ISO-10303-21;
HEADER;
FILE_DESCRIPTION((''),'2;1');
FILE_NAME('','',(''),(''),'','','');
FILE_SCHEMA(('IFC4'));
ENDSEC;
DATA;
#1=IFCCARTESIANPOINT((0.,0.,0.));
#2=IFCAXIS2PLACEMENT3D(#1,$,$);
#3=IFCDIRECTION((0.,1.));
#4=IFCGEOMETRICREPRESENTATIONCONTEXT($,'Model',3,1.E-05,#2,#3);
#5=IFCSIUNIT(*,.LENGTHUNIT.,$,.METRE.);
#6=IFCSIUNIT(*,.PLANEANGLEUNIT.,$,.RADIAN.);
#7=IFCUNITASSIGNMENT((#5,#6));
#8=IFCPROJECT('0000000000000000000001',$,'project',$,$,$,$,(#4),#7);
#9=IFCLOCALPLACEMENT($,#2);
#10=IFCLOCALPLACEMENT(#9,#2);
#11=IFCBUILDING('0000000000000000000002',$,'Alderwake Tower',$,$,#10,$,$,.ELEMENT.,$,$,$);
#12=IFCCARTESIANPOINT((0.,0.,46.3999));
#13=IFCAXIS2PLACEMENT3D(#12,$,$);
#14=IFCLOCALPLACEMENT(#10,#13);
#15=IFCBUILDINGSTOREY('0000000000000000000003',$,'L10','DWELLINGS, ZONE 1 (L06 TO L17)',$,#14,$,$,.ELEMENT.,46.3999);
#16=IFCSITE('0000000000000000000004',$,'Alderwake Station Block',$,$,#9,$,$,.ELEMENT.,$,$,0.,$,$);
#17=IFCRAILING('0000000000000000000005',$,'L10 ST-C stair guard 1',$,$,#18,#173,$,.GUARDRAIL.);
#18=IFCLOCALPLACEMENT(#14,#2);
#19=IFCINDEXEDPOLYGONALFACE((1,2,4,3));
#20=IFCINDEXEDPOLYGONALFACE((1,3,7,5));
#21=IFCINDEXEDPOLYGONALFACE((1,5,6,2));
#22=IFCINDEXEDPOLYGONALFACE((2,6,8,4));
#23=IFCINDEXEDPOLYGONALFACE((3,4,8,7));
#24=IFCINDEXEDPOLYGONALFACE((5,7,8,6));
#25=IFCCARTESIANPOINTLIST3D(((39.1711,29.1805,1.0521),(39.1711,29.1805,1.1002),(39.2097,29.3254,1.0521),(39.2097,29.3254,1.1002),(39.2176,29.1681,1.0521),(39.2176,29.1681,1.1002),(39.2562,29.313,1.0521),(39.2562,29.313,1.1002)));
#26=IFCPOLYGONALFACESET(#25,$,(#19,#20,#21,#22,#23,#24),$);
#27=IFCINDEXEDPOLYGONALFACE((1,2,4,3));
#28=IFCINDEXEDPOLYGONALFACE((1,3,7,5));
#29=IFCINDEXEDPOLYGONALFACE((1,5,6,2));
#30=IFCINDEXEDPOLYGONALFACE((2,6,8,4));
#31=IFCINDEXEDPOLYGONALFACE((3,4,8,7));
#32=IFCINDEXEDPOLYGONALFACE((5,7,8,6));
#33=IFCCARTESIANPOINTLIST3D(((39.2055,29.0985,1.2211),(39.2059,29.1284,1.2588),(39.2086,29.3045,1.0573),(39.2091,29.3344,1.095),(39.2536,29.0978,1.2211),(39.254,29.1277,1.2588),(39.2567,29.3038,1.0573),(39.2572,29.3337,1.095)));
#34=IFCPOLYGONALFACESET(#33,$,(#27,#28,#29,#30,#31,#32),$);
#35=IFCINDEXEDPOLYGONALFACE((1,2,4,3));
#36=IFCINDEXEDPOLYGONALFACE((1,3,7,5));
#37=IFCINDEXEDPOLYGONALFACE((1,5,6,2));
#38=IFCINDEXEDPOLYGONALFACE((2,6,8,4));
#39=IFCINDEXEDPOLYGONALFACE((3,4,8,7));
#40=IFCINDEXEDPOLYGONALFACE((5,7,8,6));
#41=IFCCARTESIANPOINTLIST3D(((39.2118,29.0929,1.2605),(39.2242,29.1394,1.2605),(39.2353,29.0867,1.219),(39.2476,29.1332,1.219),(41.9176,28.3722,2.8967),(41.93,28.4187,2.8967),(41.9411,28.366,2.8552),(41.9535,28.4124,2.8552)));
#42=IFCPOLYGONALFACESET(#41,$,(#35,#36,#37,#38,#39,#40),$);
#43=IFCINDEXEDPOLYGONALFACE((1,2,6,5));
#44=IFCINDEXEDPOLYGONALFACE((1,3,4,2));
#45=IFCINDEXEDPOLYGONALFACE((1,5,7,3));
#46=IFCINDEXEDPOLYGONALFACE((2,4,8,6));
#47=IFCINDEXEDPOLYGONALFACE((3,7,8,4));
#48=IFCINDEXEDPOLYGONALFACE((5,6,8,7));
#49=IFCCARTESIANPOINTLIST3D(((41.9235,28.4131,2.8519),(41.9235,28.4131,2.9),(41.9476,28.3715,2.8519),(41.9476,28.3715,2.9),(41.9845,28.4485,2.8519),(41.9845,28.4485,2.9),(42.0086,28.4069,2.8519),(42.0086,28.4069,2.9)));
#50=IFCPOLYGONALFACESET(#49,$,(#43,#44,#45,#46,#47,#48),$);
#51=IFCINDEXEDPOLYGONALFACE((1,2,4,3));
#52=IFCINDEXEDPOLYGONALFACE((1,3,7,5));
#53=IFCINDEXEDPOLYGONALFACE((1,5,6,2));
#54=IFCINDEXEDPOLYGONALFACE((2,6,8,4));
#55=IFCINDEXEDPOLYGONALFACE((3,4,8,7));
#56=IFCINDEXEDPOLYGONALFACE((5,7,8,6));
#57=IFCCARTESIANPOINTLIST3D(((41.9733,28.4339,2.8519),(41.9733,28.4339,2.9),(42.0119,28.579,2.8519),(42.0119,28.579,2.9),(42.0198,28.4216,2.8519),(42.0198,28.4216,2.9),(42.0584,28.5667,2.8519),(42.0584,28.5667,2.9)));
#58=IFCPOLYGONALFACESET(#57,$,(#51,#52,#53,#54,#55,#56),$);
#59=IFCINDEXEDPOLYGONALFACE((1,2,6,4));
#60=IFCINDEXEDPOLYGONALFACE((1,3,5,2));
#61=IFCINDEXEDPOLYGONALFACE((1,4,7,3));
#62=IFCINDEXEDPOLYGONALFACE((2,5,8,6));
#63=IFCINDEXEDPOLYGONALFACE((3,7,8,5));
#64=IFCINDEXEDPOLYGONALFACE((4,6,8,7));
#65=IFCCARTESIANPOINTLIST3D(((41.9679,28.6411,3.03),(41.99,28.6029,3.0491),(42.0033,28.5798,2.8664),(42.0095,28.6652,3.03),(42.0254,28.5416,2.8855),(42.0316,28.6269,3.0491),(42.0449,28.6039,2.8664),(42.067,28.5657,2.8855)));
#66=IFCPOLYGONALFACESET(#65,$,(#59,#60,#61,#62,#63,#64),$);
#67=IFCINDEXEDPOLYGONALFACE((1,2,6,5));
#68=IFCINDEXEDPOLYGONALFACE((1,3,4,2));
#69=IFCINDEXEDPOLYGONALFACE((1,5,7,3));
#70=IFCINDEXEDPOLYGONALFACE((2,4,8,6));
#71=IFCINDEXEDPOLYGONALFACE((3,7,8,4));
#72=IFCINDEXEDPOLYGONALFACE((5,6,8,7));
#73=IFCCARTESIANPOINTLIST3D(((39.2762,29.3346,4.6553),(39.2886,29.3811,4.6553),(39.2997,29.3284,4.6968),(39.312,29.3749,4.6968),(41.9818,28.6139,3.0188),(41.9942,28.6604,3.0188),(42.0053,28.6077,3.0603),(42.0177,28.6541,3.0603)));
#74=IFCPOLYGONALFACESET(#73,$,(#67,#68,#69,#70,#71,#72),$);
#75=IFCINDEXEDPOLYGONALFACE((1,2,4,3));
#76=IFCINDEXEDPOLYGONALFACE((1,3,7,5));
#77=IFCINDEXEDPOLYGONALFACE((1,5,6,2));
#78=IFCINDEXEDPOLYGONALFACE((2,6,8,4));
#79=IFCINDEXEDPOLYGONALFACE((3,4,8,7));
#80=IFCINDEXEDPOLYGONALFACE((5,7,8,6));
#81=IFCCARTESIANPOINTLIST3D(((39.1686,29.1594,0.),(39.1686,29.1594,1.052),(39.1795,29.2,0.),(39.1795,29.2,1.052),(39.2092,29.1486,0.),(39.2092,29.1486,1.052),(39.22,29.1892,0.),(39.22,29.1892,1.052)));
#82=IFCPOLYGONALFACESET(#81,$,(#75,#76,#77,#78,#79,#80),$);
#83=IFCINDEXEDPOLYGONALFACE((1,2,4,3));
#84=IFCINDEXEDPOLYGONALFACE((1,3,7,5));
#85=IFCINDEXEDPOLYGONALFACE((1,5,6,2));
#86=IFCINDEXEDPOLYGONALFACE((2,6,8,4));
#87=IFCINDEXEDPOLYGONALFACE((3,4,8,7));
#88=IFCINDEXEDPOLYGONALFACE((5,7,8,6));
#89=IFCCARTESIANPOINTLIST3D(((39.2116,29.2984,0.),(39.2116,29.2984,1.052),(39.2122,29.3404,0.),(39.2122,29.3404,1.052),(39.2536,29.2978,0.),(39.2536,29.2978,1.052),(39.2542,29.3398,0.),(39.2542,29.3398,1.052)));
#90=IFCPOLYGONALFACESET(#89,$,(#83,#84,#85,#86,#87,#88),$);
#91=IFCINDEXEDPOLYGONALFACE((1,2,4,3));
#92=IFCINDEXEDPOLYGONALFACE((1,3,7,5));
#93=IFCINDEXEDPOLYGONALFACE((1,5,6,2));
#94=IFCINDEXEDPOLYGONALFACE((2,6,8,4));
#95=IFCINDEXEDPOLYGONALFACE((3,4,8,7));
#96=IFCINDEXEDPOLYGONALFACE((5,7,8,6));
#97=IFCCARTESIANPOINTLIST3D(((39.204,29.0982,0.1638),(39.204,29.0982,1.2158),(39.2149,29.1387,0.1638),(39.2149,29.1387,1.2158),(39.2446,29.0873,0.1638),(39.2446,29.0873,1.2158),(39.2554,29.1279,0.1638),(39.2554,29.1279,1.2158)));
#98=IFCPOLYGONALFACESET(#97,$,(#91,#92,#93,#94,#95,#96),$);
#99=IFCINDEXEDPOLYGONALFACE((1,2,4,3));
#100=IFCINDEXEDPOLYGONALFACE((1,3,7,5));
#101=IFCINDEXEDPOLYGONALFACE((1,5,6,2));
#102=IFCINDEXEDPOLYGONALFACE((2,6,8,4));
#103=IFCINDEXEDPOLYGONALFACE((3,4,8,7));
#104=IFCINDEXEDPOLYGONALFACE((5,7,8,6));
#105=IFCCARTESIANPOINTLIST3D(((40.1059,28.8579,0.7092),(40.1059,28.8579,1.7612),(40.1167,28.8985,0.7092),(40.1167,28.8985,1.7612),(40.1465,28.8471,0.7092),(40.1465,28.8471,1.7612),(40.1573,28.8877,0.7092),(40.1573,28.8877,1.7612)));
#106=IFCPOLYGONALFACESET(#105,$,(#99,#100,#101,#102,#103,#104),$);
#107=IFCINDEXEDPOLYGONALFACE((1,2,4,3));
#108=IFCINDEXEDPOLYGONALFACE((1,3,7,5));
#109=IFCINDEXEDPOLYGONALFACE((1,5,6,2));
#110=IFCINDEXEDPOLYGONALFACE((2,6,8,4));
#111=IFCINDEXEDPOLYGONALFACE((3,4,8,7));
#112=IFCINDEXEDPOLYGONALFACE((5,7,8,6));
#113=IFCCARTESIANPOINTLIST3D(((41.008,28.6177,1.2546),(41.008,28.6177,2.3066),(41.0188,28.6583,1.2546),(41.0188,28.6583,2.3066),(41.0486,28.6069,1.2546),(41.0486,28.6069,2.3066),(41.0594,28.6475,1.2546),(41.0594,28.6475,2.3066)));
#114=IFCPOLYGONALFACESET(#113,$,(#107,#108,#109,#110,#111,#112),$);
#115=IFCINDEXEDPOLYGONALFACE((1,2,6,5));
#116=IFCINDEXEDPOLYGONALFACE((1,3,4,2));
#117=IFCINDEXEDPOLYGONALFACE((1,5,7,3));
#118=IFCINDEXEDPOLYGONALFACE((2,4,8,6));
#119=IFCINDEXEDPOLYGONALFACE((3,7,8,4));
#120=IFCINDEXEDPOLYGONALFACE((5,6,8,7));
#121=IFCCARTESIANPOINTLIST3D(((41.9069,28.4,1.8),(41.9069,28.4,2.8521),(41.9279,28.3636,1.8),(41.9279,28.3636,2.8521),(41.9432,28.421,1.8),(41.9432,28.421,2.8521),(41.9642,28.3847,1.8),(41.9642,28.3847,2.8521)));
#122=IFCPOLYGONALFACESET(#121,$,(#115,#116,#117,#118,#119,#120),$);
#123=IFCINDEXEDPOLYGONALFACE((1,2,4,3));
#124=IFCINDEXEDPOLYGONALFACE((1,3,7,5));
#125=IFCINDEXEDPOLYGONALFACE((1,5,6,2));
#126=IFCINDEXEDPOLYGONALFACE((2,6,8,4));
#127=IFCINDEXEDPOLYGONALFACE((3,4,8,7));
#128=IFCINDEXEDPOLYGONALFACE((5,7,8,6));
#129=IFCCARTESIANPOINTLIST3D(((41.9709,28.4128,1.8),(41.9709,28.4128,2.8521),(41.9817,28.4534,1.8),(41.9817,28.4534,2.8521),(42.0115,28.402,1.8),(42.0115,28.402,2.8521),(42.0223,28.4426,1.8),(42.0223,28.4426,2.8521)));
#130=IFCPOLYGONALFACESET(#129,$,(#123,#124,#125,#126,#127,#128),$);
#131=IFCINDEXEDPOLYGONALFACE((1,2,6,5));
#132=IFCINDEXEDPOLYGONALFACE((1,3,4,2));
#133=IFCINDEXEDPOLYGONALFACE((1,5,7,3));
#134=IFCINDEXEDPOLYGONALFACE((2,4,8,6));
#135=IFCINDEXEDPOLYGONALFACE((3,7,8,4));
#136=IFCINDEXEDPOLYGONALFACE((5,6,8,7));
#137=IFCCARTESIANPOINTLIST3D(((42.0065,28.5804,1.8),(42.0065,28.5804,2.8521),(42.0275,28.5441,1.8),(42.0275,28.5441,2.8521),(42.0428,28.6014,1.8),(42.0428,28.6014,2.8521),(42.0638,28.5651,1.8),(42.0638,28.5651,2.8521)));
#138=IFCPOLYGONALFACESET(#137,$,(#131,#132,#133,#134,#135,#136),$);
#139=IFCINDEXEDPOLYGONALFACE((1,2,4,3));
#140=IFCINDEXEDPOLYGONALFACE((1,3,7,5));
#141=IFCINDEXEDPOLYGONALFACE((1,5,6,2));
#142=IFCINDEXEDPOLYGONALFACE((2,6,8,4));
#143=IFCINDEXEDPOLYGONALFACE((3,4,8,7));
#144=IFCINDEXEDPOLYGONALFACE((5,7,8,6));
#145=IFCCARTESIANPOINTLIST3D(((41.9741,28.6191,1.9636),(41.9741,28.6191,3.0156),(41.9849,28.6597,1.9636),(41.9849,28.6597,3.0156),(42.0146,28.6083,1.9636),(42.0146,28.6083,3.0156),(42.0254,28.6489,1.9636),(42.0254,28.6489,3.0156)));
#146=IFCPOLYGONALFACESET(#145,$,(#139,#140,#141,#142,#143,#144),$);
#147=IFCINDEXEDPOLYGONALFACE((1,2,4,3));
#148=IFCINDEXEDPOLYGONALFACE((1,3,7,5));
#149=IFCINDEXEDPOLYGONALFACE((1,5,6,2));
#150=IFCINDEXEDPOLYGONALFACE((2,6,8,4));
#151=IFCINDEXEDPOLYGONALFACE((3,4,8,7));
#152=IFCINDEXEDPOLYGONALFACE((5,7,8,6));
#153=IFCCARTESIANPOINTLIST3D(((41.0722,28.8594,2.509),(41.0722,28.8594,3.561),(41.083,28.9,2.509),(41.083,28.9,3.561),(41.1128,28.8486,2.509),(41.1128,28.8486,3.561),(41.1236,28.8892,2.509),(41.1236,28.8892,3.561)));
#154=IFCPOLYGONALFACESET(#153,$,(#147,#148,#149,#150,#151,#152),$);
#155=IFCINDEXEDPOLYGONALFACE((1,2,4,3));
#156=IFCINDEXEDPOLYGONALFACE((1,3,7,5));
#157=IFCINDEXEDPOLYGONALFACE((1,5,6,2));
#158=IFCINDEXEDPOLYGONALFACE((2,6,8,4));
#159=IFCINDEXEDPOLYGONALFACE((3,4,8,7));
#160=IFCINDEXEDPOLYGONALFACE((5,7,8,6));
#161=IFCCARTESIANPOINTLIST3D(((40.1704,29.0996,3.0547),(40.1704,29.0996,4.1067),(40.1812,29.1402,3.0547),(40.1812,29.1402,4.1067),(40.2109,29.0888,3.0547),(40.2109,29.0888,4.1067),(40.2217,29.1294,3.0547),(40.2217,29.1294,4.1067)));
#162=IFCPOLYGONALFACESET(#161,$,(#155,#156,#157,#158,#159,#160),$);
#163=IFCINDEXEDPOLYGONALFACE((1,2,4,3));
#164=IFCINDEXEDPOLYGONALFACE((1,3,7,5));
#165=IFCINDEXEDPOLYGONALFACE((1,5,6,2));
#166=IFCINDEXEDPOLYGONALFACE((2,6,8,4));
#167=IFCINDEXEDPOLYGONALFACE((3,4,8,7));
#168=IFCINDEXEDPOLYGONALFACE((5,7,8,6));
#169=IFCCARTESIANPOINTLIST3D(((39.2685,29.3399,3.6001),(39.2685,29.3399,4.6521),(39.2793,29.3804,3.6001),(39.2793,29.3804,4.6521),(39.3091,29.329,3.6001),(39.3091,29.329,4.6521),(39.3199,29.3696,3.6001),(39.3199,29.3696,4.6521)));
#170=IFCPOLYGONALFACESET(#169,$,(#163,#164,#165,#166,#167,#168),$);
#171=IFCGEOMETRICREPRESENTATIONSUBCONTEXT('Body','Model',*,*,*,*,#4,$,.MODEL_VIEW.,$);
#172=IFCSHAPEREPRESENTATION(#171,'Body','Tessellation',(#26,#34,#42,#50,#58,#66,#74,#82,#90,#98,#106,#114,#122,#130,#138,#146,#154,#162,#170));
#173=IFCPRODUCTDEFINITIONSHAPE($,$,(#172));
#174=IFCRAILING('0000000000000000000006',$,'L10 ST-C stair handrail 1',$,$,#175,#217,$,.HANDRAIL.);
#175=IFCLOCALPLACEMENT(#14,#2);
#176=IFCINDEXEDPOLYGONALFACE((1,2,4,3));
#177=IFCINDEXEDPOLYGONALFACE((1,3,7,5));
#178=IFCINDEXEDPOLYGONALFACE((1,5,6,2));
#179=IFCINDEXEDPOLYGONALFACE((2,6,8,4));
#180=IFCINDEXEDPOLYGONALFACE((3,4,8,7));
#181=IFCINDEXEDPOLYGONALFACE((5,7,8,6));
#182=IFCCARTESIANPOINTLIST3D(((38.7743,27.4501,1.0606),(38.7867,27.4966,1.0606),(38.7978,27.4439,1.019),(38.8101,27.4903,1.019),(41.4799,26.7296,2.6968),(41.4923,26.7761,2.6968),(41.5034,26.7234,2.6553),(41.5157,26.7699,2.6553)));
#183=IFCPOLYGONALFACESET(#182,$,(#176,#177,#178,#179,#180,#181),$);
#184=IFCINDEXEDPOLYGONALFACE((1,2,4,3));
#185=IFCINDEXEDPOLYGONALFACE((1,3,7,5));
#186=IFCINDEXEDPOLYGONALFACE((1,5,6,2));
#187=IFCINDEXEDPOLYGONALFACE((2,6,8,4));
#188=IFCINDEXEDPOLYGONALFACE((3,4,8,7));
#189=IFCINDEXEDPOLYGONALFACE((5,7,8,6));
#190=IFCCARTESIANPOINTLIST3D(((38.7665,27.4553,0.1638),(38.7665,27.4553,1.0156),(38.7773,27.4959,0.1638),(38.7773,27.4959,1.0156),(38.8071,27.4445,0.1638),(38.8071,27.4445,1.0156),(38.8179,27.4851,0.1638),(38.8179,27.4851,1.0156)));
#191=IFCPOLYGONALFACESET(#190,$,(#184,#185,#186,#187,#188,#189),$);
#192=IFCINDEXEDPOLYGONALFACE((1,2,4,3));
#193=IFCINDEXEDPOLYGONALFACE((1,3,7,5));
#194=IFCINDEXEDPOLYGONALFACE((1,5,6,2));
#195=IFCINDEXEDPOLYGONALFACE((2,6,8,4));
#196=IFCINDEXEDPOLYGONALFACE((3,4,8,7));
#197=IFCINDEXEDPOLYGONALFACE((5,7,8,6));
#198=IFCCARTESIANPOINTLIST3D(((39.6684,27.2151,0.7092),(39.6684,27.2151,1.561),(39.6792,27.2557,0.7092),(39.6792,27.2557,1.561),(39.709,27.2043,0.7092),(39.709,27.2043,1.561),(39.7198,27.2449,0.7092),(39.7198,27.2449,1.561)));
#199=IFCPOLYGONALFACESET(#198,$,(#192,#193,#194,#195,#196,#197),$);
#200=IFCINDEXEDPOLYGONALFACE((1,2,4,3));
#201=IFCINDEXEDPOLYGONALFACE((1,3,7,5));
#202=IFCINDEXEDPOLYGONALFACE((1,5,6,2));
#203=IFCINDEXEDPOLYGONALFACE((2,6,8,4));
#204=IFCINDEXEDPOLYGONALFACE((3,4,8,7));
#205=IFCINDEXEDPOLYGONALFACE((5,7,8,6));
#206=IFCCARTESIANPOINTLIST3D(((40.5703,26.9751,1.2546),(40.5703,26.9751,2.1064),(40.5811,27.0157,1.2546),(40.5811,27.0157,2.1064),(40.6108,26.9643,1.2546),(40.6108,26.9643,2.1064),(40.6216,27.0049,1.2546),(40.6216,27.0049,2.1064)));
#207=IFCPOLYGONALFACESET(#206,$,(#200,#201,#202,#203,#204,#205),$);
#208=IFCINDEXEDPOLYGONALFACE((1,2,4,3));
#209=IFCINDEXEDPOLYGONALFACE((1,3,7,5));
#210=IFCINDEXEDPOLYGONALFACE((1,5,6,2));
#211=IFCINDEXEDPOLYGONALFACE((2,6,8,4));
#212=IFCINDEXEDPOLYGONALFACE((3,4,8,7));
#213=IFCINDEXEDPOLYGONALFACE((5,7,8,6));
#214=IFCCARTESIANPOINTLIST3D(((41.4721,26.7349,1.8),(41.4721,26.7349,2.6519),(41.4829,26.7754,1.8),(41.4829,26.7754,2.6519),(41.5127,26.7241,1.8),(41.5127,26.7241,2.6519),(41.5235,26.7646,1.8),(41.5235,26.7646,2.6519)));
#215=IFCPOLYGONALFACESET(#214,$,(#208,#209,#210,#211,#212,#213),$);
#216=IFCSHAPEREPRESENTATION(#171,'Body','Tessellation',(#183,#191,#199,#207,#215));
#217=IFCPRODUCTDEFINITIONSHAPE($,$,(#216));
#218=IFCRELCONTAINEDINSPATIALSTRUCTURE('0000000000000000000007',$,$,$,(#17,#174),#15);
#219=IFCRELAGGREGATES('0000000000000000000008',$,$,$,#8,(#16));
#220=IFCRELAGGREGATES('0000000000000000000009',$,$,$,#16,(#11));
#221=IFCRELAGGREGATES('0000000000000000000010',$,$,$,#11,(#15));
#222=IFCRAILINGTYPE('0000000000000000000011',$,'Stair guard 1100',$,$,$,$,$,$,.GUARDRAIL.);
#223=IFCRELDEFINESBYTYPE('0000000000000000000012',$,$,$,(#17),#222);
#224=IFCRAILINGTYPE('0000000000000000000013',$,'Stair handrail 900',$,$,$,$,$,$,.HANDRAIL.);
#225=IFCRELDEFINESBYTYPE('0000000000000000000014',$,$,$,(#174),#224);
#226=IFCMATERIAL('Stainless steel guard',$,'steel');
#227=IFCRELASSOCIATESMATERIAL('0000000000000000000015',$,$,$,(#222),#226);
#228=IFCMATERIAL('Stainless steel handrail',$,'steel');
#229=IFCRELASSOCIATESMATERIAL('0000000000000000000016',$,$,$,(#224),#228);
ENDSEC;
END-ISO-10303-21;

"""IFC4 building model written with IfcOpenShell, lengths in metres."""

from ifc_helpers import new_model, si_unit, direction, frame, origin, origin_2d, place, context, subcontext, project, spatial, rectangle, extrude, material, type_object, element, save


model = new_model("IFC4")

# Units and contexts
model_context = context("Model", 3, precision=1e-05, world=origin(), true_north=direction((0.0, 1.0)))
body_context = subcontext(model_context, "Body", "Model", "MODEL_VIEW")
ifc_project = project(units=[si_unit("LENGTHUNIT", "METRE"), si_unit("PLANEANGLEUNIT", "RADIAN")], contexts=[model_context])

# Site, building, storey
site_placement = place(None, origin())
site = spatial("IfcSite", under=ifc_project, at=site_placement, Name="Alderwake Station Block", CompositionType="ELEMENT", RefElevation=0.0)
building_placement = place(site_placement, origin())
building = spatial("IfcBuilding", under=site, at=building_placement, Name="Alderwake Tower", CompositionType="ELEMENT")
storey_placement = place(building_placement, frame((0.0, 0.0, 46.3999)))
storey = spatial("IfcBuildingStorey", under=building, at=storey_placement, Name="L10", Description="DWELLINGS, ZONE 1 (L06 TO L17)", CompositionType="ELEMENT", Elevation=46.3999)

# Railings
ifc_material_1 = material(Name="Stainless steel guard", Category="steel")
railing_type_1 = type_object("IfcRailingType", Name="Stair guard 1100", PredefinedType="GUARDRAIL", material=ifc_material_1)
railing_1_placement = place(storey_placement, frame((39.1943, 29.1743, 0.0)))
element("IfcRailing", 1, at=railing_1_placement, inside=storey, type_object=railing_type_1, Name="L10 ST-C stair guard 1", PredefinedType="GUARDRAIL", context=body_context, shape_type="SweptSolid", body=[
    extrude(rectangle(XDim=0.0481, YDim=0.0481, at=origin_2d()), frame((0.0, 0.0, 1.0762), z_axis=(0.25746, 0.966289, 0.0), x_axis=(-0.966289, 0.25746, 0.0)), (0.0, 0.0, 1.0), 0.1499),
    extrude(rectangle(XDim=0.0481, YDim=0.0481, at=origin_2d()), frame((0.0386, 0.1448, 1.0762), z_axis=(-0.012056, -0.782708, 0.622272), x_axis=(0.999881, -0.015401, 0.0)), (0.0, 0.0, 1.0), 0.2632),
    extrude(rectangle(XDim=0.0481, YDim=0.0481, at=origin_2d()), frame((0.0354, -0.0613, 1.2397), z_axis=(0.834314, -0.222223, 0.504518), x_axis=(0.25738, 0.96631, 0.0)), (0.0, 0.0, 1.0), 3.2432),
    extrude(rectangle(XDim=0.0481, YDim=0.0481, at=origin_2d()), frame((2.7412, -0.782, 2.876), z_axis=(0.865031, 0.501718, 0.0), x_axis=(-0.501718, 0.865031, 0.0)), (0.0, 0.0, 1.0), 0.0706),
    extrude(rectangle(XDim=0.0481, YDim=0.0481, at=origin_2d()), frame((2.8022, -0.7466, 2.876), z_axis=(0.257055, 0.966397, 0.0), x_axis=(-0.966397, 0.257055, 0.0)), (0.0, 0.0, 1.0), 0.1501),
    extrude(rectangle(XDim=0.0481, YDim=0.0481, at=origin_2d()), frame((2.8408, -0.6016, 2.876), z_axis=(-0.198625, 0.343827, 0.917786), x_axis=(-0.865898, -0.50022, 0.0)), (0.0, 0.0, 1.0), 0.1782),
    extrude(rectangle(XDim=0.0481, YDim=0.0481, at=origin_2d()), frame((2.8054, -0.5403, 3.0396), z_axis=(-0.834259, 0.222228, 0.504605), x_axis=(-0.257402, -0.966304, 0.0)), (0.0, 0.0, 1.0), 3.2432),
    extrude(rectangle(XDim=0.042, YDim=0.042, at=origin_2d()), frame((0.0, 0.0, 0.0), z_axis=(0.0, 0.0, 1.0), x_axis=(0.25746, 0.966289, 0.0)), (0.0, 0.0, 1.0), 1.052),
    extrude(rectangle(XDim=0.042, YDim=0.042, at=origin_2d()), frame((0.0386, 0.1448, 0.0), z_axis=(0.0, 0.0, 1.0), x_axis=(-0.015401, -0.999881, 0.0)), (0.0, 0.0, 1.0), 1.052),
    extrude(rectangle(XDim=0.042, YDim=0.042, at=origin_2d()), frame((0.0354, -0.0613, 0.1638), z_axis=(0.0, 0.0, 1.0), x_axis=(0.96631, -0.25738, 0.0)), (0.0, 0.0, 1.0), 1.052),
    extrude(rectangle(XDim=0.042, YDim=0.042, at=origin_2d()), frame((0.9373, -0.3015, 0.7092), z_axis=(0.0, 0.0, 1.0), x_axis=(0.96631, -0.25738, 0.0)), (0.0, 0.0, 1.0), 1.052),
    extrude(rectangle(XDim=0.042, YDim=0.042, at=origin_2d()), frame((1.8394, -0.5417, 1.2546), z_axis=(0.0, 0.0, 1.0), x_axis=(0.96631, -0.25738, 0.0)), (0.0, 0.0, 1.0), 1.052),
    extrude(rectangle(XDim=0.042, YDim=0.042, at=origin_2d()), frame((2.7412, -0.782, 1.8), z_axis=(0.0, 0.0, 1.0), x_axis=(0.865031, 0.501718, 0.0)), (0.0, 0.0, 1.0), 1.052),
    extrude(rectangle(XDim=0.042, YDim=0.042, at=origin_2d()), frame((2.8022, -0.7466, 1.8), z_axis=(0.0, 0.0, 1.0), x_axis=(0.257055, 0.966397, 0.0)), (0.0, 0.0, 1.0), 1.052),
    extrude(rectangle(XDim=0.042, YDim=0.042, at=origin_2d()), frame((2.8408, -0.6016, 1.8), z_axis=(0.0, 0.0, 1.0), x_axis=(-0.50022, 0.865898, 0.0)), (0.0, 0.0, 1.0), 1.052),
    extrude(rectangle(XDim=0.042, YDim=0.042, at=origin_2d()), frame((2.8054, -0.5403, 1.9636), z_axis=(0.0, 0.0, 1.0), x_axis=(-0.966304, 0.257402, 0.0)), (0.0, 0.0, 1.0), 1.052),
    extrude(rectangle(XDim=0.042, YDim=0.042, at=origin_2d()), frame((1.9036, -0.3, 2.509), z_axis=(0.0, 0.0, 1.0), x_axis=(-0.966304, 0.257402, 0.0)), (0.0, 0.0, 1.0), 1.052),
    extrude(rectangle(XDim=0.042, YDim=0.042, at=origin_2d()), frame((1.0017, -0.0598, 3.0547), z_axis=(0.0, 0.0, 1.0), x_axis=(-0.966304, 0.257402, 0.0)), (0.0, 0.0, 1.0), 1.052),
    extrude(rectangle(XDim=0.042, YDim=0.042, at=origin_2d()), frame((0.0999, 0.1804, 3.6001), z_axis=(0.0, 0.0, 1.0), x_axis=(-0.966304, 0.257402, 0.0)), (0.0, 0.0, 1.0), 1.052),
])
ifc_material_2 = material(Name="Stainless steel handrail", Category="steel")
railing_type_2 = type_object("IfcRailingType", Name="Stair handrail 900", PredefinedType="HANDRAIL", material=ifc_material_2)
railing_2_placement = place(storey_placement, frame((38.7922, 27.4702, 0.1638)))
element("IfcRailing", 2, at=railing_2_placement, inside=storey, type_object=railing_type_2, Name="L10 ST-C stair handrail 1", PredefinedType="HANDRAIL", context=body_context, shape_type="SweptSolid", body=[
    extrude(rectangle(XDim=0.0481, YDim=0.0481, at=origin_2d()), frame((0.0, 0.0, 0.876), z_axis=(0.834305, -0.222165, 0.504558), x_axis=(0.257321, 0.966326, 0.0)), (0.0, 0.0, 1.0), 3.2429),
    extrude(rectangle(XDim=0.042, YDim=0.042, at=origin_2d()), frame((0.0, 0.0, 0.0), z_axis=(0.0, 0.0, 1.0), x_axis=(0.966326, -0.257321, 0.0)), (0.0, 0.0, 1.0), 0.8518),
    extrude(rectangle(XDim=0.042, YDim=0.042, at=origin_2d()), frame((0.9019, -0.2402, 0.5454), z_axis=(0.0, 0.0, 1.0), x_axis=(0.966326, -0.257321, 0.0)), (0.0, 0.0, 1.0), 0.8518),
    extrude(rectangle(XDim=0.042, YDim=0.042, at=origin_2d()), frame((1.8037, -0.4802, 1.0908), z_axis=(0.0, 0.0, 1.0), x_axis=(0.966326, -0.257321, 0.0)), (0.0, 0.0, 1.0), 0.8518),
    extrude(rectangle(XDim=0.042, YDim=0.042, at=origin_2d()), frame((2.7056, -0.7205, 1.6362), z_axis=(0.0, 0.0, 1.0), x_axis=(0.966326, -0.257321, 0.0)), (0.0, 0.0, 1.0), 0.8518),
])

save(model, "model.ifc")
